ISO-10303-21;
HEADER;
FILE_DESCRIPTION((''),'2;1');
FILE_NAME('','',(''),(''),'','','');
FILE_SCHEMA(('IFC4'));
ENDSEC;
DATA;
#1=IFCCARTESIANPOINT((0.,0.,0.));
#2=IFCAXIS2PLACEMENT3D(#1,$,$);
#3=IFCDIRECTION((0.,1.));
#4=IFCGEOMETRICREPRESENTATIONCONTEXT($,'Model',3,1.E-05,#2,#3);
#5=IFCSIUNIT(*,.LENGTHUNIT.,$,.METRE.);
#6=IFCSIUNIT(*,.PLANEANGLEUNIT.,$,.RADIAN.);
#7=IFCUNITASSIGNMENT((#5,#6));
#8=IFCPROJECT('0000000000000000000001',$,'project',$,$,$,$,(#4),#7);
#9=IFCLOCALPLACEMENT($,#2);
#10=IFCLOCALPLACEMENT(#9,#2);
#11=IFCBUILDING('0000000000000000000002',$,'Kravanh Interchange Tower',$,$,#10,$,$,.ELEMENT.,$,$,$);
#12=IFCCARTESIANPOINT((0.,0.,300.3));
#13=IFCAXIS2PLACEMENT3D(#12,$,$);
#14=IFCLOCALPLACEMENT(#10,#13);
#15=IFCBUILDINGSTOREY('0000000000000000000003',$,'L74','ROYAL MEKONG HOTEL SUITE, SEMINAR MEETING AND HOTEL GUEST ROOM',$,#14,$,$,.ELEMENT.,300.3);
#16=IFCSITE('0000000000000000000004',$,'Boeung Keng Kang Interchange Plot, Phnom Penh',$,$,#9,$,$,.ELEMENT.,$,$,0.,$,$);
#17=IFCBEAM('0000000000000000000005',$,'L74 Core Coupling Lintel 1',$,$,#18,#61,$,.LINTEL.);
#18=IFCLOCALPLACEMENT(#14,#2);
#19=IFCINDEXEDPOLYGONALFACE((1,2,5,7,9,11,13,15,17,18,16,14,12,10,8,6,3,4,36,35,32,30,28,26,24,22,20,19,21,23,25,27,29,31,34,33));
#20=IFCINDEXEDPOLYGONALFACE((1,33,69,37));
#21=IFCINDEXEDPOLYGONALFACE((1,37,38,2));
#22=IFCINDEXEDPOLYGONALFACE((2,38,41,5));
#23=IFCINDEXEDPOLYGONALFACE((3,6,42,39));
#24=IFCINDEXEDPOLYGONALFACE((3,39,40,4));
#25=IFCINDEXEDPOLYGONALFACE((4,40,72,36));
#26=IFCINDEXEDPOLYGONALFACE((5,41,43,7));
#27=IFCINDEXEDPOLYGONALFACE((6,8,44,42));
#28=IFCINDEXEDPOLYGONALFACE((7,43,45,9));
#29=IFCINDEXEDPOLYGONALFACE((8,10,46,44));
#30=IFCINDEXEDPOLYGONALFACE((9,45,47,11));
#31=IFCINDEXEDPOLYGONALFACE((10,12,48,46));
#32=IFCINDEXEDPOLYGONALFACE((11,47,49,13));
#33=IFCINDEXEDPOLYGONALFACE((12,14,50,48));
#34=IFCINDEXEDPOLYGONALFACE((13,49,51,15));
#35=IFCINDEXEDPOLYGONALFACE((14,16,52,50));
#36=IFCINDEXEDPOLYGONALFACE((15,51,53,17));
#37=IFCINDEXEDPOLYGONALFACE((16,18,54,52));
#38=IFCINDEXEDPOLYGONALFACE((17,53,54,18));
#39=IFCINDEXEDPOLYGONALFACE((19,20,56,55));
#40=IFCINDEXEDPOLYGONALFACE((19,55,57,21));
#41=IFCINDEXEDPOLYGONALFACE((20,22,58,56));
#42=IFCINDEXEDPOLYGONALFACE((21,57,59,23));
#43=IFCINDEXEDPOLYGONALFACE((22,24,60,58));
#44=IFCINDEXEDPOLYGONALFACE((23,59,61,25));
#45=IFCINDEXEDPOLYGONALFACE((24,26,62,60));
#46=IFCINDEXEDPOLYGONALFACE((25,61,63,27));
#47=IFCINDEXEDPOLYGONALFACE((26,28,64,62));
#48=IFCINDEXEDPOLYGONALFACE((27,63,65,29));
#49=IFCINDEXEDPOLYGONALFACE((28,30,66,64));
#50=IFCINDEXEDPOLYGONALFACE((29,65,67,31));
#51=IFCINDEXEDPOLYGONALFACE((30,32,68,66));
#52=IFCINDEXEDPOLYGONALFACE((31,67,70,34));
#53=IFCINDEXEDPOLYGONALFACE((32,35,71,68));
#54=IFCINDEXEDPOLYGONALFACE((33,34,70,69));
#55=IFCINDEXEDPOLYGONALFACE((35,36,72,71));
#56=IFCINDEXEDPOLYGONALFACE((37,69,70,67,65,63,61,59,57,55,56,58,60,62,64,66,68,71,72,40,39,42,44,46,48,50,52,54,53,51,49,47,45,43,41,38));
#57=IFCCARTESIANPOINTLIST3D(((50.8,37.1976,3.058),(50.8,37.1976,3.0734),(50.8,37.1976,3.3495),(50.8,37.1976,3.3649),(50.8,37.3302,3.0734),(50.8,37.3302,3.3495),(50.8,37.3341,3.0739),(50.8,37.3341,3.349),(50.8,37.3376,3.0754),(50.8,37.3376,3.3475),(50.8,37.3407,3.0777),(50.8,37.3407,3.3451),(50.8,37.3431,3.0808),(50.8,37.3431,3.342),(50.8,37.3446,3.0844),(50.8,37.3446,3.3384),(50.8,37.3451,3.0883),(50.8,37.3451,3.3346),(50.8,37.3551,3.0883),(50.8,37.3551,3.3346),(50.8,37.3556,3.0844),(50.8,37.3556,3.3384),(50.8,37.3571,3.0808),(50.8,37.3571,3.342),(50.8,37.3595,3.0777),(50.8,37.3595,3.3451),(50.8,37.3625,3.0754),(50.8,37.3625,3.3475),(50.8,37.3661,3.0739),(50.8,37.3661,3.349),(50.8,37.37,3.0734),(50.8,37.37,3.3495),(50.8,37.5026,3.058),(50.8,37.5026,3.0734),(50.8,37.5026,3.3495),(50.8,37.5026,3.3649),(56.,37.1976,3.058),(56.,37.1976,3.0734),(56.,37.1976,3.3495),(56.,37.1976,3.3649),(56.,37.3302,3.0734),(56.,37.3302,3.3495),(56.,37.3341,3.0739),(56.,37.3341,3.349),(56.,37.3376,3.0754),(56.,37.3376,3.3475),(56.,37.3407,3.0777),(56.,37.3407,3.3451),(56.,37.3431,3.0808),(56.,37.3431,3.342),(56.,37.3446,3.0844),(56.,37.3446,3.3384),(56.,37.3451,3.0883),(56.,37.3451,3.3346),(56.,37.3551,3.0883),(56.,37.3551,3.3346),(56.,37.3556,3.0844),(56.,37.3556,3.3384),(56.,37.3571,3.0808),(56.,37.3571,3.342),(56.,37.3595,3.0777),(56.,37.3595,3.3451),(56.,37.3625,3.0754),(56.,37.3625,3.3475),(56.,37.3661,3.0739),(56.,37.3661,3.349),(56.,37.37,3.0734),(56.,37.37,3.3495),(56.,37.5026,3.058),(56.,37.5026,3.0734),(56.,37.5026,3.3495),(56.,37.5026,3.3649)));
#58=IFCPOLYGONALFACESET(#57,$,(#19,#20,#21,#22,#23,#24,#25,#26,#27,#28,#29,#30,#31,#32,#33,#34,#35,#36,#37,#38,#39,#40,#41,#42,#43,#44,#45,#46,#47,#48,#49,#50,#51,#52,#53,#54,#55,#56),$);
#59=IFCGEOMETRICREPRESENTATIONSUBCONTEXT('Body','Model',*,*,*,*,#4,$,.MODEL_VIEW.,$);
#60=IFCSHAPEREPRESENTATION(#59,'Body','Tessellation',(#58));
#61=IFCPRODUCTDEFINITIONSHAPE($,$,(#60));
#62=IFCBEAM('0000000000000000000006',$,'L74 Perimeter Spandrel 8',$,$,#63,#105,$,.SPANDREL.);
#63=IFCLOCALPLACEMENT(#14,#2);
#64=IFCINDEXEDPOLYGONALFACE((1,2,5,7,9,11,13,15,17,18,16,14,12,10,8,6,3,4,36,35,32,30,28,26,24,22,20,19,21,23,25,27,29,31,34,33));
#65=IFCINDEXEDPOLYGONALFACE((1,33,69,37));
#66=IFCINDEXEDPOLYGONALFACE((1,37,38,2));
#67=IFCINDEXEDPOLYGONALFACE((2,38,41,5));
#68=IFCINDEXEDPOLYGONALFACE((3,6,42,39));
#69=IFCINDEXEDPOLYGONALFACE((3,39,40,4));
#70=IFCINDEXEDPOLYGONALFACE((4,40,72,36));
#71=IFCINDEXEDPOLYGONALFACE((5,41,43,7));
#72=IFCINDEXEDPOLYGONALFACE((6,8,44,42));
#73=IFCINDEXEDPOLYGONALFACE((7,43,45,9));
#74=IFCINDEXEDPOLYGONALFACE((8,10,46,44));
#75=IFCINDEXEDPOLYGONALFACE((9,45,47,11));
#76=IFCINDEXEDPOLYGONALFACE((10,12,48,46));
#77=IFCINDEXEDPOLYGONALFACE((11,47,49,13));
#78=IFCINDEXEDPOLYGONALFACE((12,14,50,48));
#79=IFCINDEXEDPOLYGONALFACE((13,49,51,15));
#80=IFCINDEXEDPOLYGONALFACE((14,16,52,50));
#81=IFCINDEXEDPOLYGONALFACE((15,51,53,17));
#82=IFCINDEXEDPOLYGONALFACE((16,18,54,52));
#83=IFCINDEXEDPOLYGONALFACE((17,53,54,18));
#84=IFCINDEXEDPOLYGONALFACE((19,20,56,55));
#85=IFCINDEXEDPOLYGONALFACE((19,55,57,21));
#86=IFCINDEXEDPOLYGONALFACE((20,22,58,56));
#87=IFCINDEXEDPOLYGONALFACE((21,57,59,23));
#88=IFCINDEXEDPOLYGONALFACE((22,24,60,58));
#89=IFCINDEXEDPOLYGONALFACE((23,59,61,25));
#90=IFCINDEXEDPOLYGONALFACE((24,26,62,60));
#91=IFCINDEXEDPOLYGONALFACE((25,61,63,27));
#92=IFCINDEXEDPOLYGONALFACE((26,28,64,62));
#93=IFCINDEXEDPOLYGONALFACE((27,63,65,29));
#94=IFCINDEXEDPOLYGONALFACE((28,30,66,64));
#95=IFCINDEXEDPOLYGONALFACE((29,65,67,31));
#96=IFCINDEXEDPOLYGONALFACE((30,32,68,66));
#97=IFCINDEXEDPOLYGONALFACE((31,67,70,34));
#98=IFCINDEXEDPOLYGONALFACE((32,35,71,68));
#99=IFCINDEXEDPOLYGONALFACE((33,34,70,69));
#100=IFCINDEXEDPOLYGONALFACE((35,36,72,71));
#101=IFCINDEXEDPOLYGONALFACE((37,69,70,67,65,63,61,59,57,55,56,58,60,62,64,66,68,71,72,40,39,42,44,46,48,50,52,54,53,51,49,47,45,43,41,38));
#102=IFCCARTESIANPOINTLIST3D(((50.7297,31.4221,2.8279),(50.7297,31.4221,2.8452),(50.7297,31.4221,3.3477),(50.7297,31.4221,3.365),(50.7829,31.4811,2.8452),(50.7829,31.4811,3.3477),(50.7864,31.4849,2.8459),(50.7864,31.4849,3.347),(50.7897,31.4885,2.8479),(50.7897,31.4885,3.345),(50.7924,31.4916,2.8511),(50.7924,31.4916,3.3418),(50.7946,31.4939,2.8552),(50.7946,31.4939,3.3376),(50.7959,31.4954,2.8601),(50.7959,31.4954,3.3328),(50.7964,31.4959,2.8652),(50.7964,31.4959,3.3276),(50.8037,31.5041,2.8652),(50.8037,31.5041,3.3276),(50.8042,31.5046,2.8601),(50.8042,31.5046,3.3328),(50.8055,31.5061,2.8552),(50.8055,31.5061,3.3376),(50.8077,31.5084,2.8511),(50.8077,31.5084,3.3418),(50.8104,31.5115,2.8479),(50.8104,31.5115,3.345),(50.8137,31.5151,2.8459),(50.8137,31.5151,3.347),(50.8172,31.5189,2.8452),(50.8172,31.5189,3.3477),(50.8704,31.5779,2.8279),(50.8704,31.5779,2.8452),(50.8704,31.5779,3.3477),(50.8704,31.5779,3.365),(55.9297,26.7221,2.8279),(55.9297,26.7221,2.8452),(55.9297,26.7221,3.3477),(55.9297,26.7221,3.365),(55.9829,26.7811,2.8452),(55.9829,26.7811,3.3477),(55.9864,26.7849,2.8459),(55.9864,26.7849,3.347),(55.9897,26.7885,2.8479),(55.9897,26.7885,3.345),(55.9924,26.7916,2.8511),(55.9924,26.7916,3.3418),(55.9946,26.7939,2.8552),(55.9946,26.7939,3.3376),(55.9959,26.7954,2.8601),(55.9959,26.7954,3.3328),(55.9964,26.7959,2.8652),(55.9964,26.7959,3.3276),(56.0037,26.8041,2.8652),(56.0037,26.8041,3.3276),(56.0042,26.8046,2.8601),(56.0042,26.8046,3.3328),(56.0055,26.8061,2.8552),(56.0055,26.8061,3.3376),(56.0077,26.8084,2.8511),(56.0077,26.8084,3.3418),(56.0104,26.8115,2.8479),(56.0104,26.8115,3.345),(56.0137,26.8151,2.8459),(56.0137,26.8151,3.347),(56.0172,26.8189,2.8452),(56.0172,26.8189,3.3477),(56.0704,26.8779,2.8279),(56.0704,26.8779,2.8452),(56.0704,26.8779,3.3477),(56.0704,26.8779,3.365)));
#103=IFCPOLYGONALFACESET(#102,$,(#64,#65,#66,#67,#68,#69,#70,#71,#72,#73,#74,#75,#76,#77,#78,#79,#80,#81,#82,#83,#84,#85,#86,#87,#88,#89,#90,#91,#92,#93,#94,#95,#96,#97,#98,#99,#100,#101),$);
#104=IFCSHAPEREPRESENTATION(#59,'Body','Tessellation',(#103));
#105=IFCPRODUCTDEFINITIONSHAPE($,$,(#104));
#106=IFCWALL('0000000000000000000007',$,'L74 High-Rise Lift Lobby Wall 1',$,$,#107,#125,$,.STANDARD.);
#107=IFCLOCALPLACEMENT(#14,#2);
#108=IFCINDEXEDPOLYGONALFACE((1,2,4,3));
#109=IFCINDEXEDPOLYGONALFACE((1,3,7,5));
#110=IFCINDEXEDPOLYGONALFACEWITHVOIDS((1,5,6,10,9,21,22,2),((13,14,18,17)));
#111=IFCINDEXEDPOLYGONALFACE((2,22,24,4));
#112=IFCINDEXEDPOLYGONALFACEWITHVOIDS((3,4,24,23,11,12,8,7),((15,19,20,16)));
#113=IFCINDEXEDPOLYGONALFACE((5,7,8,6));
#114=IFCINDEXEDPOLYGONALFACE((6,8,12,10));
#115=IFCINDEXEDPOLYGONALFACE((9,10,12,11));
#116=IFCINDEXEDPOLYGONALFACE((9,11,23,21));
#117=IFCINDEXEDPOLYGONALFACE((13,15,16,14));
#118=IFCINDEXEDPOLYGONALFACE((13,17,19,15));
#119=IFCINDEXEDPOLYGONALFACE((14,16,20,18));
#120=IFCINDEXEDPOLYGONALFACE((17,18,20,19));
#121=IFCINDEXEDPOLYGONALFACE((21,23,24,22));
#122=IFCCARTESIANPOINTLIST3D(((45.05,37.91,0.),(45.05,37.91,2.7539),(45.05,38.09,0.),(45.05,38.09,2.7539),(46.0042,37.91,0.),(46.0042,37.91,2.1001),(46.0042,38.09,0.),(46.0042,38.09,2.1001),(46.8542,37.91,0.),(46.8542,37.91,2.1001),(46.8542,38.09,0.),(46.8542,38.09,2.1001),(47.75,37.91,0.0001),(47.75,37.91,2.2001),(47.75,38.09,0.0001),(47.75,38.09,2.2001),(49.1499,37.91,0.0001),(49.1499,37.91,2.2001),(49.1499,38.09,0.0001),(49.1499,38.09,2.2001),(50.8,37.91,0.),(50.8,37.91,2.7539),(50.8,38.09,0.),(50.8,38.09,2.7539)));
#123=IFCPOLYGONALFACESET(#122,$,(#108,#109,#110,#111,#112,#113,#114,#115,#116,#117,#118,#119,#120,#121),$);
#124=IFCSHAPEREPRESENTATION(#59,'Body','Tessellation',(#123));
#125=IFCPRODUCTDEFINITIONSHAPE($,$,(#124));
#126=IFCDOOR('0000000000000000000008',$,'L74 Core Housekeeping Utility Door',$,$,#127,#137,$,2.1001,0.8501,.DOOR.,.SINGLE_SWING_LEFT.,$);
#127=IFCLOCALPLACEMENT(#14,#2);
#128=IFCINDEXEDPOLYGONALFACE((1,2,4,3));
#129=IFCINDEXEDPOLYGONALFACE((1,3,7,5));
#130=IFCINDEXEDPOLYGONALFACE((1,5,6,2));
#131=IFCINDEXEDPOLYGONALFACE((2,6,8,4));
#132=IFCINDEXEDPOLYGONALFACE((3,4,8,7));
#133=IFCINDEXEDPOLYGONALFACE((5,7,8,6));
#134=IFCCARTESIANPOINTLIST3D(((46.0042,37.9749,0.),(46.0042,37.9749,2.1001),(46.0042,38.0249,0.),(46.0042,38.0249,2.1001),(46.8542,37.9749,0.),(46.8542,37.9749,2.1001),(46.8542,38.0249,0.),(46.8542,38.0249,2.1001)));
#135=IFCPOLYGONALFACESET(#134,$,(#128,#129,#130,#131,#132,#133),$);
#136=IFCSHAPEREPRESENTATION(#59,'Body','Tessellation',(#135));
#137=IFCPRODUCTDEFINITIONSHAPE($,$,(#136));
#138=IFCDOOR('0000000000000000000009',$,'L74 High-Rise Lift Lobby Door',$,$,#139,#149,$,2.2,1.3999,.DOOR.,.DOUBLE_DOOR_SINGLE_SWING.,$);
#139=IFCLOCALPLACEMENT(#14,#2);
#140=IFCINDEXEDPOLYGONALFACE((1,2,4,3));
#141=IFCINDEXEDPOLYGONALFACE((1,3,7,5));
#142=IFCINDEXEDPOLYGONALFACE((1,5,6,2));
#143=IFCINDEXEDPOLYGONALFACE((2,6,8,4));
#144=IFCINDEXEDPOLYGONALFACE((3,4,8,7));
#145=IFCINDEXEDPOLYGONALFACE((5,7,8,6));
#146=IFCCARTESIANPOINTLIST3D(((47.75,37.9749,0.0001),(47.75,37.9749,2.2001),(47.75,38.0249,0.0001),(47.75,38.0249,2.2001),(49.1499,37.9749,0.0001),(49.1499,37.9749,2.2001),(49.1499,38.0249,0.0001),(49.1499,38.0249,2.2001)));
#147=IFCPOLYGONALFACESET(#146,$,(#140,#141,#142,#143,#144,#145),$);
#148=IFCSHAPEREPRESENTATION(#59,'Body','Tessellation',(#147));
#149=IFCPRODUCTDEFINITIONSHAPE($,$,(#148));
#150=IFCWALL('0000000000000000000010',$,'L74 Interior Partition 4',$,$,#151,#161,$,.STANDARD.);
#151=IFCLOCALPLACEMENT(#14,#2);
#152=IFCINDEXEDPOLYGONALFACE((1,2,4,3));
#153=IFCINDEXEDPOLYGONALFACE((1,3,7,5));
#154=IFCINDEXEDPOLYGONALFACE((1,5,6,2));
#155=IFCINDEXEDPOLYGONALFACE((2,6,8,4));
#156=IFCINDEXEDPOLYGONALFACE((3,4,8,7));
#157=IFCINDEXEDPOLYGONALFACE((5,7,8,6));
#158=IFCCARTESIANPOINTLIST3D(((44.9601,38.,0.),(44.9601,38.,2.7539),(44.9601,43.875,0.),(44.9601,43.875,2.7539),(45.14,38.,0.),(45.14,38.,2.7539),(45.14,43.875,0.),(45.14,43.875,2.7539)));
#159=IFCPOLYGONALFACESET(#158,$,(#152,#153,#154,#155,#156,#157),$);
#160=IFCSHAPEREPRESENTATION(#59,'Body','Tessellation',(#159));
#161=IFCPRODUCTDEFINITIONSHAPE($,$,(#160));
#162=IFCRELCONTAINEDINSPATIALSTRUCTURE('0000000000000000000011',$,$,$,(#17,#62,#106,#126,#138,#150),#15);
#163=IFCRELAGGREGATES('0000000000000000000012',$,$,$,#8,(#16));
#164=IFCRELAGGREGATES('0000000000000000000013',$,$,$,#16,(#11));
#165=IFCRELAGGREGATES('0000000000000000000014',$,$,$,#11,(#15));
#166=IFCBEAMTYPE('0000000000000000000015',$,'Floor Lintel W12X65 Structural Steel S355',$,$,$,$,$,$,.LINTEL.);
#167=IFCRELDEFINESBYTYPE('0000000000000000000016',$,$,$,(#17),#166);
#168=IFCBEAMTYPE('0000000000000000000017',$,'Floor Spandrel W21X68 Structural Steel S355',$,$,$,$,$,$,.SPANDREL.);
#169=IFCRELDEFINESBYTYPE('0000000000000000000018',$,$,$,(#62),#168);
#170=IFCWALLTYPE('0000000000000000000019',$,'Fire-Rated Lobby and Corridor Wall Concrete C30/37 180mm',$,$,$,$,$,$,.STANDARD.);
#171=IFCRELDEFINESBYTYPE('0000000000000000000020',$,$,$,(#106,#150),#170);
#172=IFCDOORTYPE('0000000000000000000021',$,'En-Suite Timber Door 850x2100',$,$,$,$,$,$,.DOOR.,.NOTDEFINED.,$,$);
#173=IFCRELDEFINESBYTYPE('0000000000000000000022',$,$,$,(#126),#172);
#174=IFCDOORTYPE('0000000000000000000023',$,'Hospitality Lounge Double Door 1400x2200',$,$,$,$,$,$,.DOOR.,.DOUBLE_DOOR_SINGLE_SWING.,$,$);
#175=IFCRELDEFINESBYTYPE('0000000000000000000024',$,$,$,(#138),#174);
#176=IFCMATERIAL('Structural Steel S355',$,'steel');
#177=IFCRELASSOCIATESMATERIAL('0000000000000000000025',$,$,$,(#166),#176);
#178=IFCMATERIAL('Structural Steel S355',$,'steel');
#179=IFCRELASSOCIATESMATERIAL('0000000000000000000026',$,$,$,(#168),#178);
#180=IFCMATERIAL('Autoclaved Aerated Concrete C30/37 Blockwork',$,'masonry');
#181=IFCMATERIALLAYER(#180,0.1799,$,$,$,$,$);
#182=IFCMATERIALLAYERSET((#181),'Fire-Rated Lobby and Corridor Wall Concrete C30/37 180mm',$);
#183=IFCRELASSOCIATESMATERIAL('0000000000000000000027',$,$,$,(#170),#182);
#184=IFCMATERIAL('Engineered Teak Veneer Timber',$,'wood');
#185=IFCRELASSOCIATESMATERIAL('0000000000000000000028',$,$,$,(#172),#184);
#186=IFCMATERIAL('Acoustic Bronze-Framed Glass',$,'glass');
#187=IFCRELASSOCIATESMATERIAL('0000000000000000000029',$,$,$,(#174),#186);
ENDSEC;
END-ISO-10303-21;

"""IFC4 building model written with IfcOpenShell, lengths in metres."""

from ifc_helpers import new_model, si_unit, direction, frame, frame_2d, origin, origin_2d, place, context, subcontext, project, spatial, rectangle, i_section, extrude, material, layer, layer_set, material_profile, profile_set, type_object, element, fill, save


model = new_model("IFC4")

# Units and contexts
model_context = context("Model", 3, precision=1e-05, world=origin(), true_north=direction((0.0, 1.0)))
body_context = subcontext(model_context, "Body", "Model", "MODEL_VIEW")
ifc_project = project(units=[si_unit("LENGTHUNIT", "METRE"), si_unit("PLANEANGLEUNIT", "RADIAN")], contexts=[model_context])

# Site, building, storey
site_placement = place(None, origin())
site = spatial("IfcSite", under=ifc_project, at=site_placement, Name="Boeung Keng Kang Interchange Plot, Phnom Penh", CompositionType="ELEMENT", RefElevation=0.0)
building_placement = place(site_placement, origin())
building = spatial("IfcBuilding", under=site, at=building_placement, Name="Kravanh Interchange Tower", CompositionType="ELEMENT")
storey_placement = place(building_placement, frame((0.0, 0.0, 300.3)))
storey = spatial("IfcBuildingStorey", under=building, at=storey_placement, Name="L74", Description="ROYAL MEKONG HOTEL SUITE, SEMINAR MEETING AND HOTEL GUEST ROOM", CompositionType="ELEMENT", Elevation=300.3)

# Beams
ifc_material_1 = material(Name="Structural Steel S355", Category="steel")
ifc_material_profile_1 = material_profile(ifc_material_1, i_section(OverallWidth=0.3049, OverallDepth=0.3069, WebThickness=0.01, FlangeThickness=0.0154, FilletRadius=0.0149, at=origin_2d()), Name="W12X65")
ifc_profile_set_1 = profile_set([ifc_material_profile_1], Name="Structural Steel S355")
beam_type_1 = type_object("IfcBeamType", Name="Floor Lintel W12X65 Structural Steel S355", PredefinedType="LINTEL", material=ifc_profile_set_1)
beam_1_placement = place(storey_placement, frame((50.8, 37.3501, 3.2114), z_axis=(1.0, 0.0, 0.0), x_axis=(0.0, 1.0, 0.0)))
element("IfcBeam", 1, at=beam_1_placement, inside=storey, type_object=beam_type_1, Name="L74 Core Coupling Lintel 1", PredefinedType="LINTEL", context=body_context, shape_type="SweptSolid", body=[
    extrude(i_section(OverallWidth=0.3049, OverallDepth=0.3069, WebThickness=0.01, FlangeThickness=0.0154, FilletRadius=0.0149, at=origin_2d()), origin(), (0.0, 0.0, 1.0), 5.2),
])
ifc_material_2 = material(Name="Structural Steel S355", Category="steel")
ifc_material_profile_2 = material_profile(ifc_material_2, i_section(OverallWidth=0.21, OverallDepth=0.5371, WebThickness=0.011, FlangeThickness=0.0173, FilletRadius=0.02, at=origin_2d()), Name="W21X68")
ifc_profile_set_2 = profile_set([ifc_material_profile_2], Name="Structural Steel S355")
beam_type_2 = type_object("IfcBeamType", Name="Floor Spandrel W21X68 Structural Steel S355", PredefinedType="SPANDREL", material=ifc_profile_set_2)
beam_2_placement = place(storey_placement, frame((50.8, 31.5, 3.0964), z_axis=(0.741874, -0.670539, 0.0), x_axis=(0.670539, 0.741874, 0.0)))
element("IfcBeam", 2, at=beam_2_placement, inside=storey, type_object=beam_type_2, Name="L74 Perimeter Spandrel 8", PredefinedType="SPANDREL", context=body_context, shape_type="SweptSolid", body=[
    extrude(i_section(OverallWidth=0.21, OverallDepth=0.5371, WebThickness=0.011, FlangeThickness=0.0173, FilletRadius=0.02, at=origin_2d()), origin(), (0.0, 0.0, 1.0), 7.0093),
])

# Wall, openings, doors
ifc_material_3 = material(Name="Autoclaved Aerated Concrete C30/37 Blockwork", Category="masonry")
ifc_layer = layer(ifc_material_3, 0.1799)
ifc_layer_set = layer_set([ifc_layer], Name="Fire-Rated Lobby and Corridor Wall Concrete C30/37 180mm")
wall_type = type_object("IfcWallType", Name="Fire-Rated Lobby and Corridor Wall Concrete C30/37 180mm", PredefinedType="STANDARD", material=ifc_layer_set)
wall_1_placement = place(storey_placement, frame((45.05, 38.0, 0.0), z_axis=(0.0, 0.0, 1.0), x_axis=(1.0, 0.0, 0.0)))
wall_1 = element("IfcWall", 3, at=wall_1_placement, inside=storey, type_object=wall_type, Name="L74 High-Rise Lift Lobby Wall 1", PredefinedType="STANDARD", context=body_context, shape_type="SweptSolid", body=[
    extrude(rectangle(XDim=5.75, YDim=0.1799, at=frame_2d((2.875, 0.0))), origin(), (0.0, 0.0, 1.0), 2.7539),
])
opening_1_placement = place(wall_1_placement, frame((0.9541, 0.0, 0.0)))
opening_1 = element("IfcOpeningElement", 4, at=opening_1_placement, cuts=wall_1, PredefinedType="OPENING", context=body_context, shape_type="SweptSolid", body=[
    extrude(rectangle(XDim=0.8501, YDim=2.1001, at=frame_2d((0.425, 1.05))), frame((0.0, 0.1001, 0.0), z_axis=(0.0, -1.0, 0.0), x_axis=(1.0, 0.0, 0.0)), (0.0, 0.0, 1.0), 0.2),
])
opening_2_placement = place(wall_1_placement, frame((2.7, 0.0, 0.0)))
opening_2 = element("IfcOpeningElement", 5, at=opening_2_placement, cuts=wall_1, PredefinedType="OPENING", context=body_context, shape_type="SweptSolid", body=[
    extrude(rectangle(XDim=1.3999, YDim=2.2, at=frame_2d((0.7, 1.1001))), frame((0.0, 0.1001, 0.0), z_axis=(0.0, -1.0, 0.0), x_axis=(1.0, 0.0, 0.0)), (0.0, 0.0, 1.0), 0.2),
])
ifc_material_4 = material(Name="Engineered Teak Veneer Timber", Category="wood")
door_type_1 = type_object("IfcDoorType", Name="En-Suite Timber Door 850x2100", OperationType="NOTDEFINED", PredefinedType="DOOR", material=ifc_material_4)
door_1_placement = place(opening_1_placement, origin())
door_1 = element("IfcDoor", 6, at=door_1_placement, inside=storey, type_object=door_type_1, Name="L74 Core Housekeeping Utility Door", OperationType="SINGLE_SWING_LEFT", OverallHeight=2.1001, OverallWidth=0.8501, PredefinedType="DOOR", context=body_context, shape_type="SweptSolid", body=[
    extrude(rectangle(XDim=0.8501, YDim=2.1001, at=frame_2d((0.425, 1.05))), frame((0.0, 0.0249, 0.0), z_axis=(0.0, -1.0, 0.0), x_axis=(1.0, 0.0, 0.0)), (0.0, 0.0, 1.0), 0.05),
])
fill(opening_1, door_1)
ifc_material_5 = material(Name="Acoustic Bronze-Framed Glass", Category="glass")
door_type_2 = type_object("IfcDoorType", Name="Hospitality Lounge Double Door 1400x2200", OperationType="DOUBLE_DOOR_SINGLE_SWING", PredefinedType="DOOR", material=ifc_material_5)
door_2_placement = place(opening_2_placement, origin())
door_2 = element("IfcDoor", 7, at=door_2_placement, inside=storey, type_object=door_type_2, Name="L74 High-Rise Lift Lobby Door", OperationType="DOUBLE_DOOR_SINGLE_SWING", OverallHeight=2.2, OverallWidth=1.3999, PredefinedType="DOOR", context=body_context, shape_type="SweptSolid", body=[
    extrude(rectangle(XDim=1.3999, YDim=2.2, at=frame_2d((0.7, 1.1001))), frame((0.0, 0.0249, 0.0), z_axis=(0.0, -1.0, 0.0), x_axis=(1.0, 0.0, 0.0)), (0.0, 0.0, 1.0), 0.05),
])
fill(opening_2, door_2)

# Wall
wall_2_placement = place(storey_placement, frame((45.05, 38.0, 0.0), z_axis=(0.0, 0.0, 1.0), x_axis=(0.0, 1.0, 0.0)))
element("IfcWall", 8, at=wall_2_placement, inside=storey, type_object=wall_type, Name="L74 Interior Partition 4", PredefinedType="STANDARD", context=body_context, shape_type="SweptSolid", body=[
    extrude(rectangle(XDim=5.875, YDim=0.1799, at=frame_2d((2.9375, 0.0))), origin(), (0.0, 0.0, 1.0), 2.7539),
])

save(model, "model.ifc")
